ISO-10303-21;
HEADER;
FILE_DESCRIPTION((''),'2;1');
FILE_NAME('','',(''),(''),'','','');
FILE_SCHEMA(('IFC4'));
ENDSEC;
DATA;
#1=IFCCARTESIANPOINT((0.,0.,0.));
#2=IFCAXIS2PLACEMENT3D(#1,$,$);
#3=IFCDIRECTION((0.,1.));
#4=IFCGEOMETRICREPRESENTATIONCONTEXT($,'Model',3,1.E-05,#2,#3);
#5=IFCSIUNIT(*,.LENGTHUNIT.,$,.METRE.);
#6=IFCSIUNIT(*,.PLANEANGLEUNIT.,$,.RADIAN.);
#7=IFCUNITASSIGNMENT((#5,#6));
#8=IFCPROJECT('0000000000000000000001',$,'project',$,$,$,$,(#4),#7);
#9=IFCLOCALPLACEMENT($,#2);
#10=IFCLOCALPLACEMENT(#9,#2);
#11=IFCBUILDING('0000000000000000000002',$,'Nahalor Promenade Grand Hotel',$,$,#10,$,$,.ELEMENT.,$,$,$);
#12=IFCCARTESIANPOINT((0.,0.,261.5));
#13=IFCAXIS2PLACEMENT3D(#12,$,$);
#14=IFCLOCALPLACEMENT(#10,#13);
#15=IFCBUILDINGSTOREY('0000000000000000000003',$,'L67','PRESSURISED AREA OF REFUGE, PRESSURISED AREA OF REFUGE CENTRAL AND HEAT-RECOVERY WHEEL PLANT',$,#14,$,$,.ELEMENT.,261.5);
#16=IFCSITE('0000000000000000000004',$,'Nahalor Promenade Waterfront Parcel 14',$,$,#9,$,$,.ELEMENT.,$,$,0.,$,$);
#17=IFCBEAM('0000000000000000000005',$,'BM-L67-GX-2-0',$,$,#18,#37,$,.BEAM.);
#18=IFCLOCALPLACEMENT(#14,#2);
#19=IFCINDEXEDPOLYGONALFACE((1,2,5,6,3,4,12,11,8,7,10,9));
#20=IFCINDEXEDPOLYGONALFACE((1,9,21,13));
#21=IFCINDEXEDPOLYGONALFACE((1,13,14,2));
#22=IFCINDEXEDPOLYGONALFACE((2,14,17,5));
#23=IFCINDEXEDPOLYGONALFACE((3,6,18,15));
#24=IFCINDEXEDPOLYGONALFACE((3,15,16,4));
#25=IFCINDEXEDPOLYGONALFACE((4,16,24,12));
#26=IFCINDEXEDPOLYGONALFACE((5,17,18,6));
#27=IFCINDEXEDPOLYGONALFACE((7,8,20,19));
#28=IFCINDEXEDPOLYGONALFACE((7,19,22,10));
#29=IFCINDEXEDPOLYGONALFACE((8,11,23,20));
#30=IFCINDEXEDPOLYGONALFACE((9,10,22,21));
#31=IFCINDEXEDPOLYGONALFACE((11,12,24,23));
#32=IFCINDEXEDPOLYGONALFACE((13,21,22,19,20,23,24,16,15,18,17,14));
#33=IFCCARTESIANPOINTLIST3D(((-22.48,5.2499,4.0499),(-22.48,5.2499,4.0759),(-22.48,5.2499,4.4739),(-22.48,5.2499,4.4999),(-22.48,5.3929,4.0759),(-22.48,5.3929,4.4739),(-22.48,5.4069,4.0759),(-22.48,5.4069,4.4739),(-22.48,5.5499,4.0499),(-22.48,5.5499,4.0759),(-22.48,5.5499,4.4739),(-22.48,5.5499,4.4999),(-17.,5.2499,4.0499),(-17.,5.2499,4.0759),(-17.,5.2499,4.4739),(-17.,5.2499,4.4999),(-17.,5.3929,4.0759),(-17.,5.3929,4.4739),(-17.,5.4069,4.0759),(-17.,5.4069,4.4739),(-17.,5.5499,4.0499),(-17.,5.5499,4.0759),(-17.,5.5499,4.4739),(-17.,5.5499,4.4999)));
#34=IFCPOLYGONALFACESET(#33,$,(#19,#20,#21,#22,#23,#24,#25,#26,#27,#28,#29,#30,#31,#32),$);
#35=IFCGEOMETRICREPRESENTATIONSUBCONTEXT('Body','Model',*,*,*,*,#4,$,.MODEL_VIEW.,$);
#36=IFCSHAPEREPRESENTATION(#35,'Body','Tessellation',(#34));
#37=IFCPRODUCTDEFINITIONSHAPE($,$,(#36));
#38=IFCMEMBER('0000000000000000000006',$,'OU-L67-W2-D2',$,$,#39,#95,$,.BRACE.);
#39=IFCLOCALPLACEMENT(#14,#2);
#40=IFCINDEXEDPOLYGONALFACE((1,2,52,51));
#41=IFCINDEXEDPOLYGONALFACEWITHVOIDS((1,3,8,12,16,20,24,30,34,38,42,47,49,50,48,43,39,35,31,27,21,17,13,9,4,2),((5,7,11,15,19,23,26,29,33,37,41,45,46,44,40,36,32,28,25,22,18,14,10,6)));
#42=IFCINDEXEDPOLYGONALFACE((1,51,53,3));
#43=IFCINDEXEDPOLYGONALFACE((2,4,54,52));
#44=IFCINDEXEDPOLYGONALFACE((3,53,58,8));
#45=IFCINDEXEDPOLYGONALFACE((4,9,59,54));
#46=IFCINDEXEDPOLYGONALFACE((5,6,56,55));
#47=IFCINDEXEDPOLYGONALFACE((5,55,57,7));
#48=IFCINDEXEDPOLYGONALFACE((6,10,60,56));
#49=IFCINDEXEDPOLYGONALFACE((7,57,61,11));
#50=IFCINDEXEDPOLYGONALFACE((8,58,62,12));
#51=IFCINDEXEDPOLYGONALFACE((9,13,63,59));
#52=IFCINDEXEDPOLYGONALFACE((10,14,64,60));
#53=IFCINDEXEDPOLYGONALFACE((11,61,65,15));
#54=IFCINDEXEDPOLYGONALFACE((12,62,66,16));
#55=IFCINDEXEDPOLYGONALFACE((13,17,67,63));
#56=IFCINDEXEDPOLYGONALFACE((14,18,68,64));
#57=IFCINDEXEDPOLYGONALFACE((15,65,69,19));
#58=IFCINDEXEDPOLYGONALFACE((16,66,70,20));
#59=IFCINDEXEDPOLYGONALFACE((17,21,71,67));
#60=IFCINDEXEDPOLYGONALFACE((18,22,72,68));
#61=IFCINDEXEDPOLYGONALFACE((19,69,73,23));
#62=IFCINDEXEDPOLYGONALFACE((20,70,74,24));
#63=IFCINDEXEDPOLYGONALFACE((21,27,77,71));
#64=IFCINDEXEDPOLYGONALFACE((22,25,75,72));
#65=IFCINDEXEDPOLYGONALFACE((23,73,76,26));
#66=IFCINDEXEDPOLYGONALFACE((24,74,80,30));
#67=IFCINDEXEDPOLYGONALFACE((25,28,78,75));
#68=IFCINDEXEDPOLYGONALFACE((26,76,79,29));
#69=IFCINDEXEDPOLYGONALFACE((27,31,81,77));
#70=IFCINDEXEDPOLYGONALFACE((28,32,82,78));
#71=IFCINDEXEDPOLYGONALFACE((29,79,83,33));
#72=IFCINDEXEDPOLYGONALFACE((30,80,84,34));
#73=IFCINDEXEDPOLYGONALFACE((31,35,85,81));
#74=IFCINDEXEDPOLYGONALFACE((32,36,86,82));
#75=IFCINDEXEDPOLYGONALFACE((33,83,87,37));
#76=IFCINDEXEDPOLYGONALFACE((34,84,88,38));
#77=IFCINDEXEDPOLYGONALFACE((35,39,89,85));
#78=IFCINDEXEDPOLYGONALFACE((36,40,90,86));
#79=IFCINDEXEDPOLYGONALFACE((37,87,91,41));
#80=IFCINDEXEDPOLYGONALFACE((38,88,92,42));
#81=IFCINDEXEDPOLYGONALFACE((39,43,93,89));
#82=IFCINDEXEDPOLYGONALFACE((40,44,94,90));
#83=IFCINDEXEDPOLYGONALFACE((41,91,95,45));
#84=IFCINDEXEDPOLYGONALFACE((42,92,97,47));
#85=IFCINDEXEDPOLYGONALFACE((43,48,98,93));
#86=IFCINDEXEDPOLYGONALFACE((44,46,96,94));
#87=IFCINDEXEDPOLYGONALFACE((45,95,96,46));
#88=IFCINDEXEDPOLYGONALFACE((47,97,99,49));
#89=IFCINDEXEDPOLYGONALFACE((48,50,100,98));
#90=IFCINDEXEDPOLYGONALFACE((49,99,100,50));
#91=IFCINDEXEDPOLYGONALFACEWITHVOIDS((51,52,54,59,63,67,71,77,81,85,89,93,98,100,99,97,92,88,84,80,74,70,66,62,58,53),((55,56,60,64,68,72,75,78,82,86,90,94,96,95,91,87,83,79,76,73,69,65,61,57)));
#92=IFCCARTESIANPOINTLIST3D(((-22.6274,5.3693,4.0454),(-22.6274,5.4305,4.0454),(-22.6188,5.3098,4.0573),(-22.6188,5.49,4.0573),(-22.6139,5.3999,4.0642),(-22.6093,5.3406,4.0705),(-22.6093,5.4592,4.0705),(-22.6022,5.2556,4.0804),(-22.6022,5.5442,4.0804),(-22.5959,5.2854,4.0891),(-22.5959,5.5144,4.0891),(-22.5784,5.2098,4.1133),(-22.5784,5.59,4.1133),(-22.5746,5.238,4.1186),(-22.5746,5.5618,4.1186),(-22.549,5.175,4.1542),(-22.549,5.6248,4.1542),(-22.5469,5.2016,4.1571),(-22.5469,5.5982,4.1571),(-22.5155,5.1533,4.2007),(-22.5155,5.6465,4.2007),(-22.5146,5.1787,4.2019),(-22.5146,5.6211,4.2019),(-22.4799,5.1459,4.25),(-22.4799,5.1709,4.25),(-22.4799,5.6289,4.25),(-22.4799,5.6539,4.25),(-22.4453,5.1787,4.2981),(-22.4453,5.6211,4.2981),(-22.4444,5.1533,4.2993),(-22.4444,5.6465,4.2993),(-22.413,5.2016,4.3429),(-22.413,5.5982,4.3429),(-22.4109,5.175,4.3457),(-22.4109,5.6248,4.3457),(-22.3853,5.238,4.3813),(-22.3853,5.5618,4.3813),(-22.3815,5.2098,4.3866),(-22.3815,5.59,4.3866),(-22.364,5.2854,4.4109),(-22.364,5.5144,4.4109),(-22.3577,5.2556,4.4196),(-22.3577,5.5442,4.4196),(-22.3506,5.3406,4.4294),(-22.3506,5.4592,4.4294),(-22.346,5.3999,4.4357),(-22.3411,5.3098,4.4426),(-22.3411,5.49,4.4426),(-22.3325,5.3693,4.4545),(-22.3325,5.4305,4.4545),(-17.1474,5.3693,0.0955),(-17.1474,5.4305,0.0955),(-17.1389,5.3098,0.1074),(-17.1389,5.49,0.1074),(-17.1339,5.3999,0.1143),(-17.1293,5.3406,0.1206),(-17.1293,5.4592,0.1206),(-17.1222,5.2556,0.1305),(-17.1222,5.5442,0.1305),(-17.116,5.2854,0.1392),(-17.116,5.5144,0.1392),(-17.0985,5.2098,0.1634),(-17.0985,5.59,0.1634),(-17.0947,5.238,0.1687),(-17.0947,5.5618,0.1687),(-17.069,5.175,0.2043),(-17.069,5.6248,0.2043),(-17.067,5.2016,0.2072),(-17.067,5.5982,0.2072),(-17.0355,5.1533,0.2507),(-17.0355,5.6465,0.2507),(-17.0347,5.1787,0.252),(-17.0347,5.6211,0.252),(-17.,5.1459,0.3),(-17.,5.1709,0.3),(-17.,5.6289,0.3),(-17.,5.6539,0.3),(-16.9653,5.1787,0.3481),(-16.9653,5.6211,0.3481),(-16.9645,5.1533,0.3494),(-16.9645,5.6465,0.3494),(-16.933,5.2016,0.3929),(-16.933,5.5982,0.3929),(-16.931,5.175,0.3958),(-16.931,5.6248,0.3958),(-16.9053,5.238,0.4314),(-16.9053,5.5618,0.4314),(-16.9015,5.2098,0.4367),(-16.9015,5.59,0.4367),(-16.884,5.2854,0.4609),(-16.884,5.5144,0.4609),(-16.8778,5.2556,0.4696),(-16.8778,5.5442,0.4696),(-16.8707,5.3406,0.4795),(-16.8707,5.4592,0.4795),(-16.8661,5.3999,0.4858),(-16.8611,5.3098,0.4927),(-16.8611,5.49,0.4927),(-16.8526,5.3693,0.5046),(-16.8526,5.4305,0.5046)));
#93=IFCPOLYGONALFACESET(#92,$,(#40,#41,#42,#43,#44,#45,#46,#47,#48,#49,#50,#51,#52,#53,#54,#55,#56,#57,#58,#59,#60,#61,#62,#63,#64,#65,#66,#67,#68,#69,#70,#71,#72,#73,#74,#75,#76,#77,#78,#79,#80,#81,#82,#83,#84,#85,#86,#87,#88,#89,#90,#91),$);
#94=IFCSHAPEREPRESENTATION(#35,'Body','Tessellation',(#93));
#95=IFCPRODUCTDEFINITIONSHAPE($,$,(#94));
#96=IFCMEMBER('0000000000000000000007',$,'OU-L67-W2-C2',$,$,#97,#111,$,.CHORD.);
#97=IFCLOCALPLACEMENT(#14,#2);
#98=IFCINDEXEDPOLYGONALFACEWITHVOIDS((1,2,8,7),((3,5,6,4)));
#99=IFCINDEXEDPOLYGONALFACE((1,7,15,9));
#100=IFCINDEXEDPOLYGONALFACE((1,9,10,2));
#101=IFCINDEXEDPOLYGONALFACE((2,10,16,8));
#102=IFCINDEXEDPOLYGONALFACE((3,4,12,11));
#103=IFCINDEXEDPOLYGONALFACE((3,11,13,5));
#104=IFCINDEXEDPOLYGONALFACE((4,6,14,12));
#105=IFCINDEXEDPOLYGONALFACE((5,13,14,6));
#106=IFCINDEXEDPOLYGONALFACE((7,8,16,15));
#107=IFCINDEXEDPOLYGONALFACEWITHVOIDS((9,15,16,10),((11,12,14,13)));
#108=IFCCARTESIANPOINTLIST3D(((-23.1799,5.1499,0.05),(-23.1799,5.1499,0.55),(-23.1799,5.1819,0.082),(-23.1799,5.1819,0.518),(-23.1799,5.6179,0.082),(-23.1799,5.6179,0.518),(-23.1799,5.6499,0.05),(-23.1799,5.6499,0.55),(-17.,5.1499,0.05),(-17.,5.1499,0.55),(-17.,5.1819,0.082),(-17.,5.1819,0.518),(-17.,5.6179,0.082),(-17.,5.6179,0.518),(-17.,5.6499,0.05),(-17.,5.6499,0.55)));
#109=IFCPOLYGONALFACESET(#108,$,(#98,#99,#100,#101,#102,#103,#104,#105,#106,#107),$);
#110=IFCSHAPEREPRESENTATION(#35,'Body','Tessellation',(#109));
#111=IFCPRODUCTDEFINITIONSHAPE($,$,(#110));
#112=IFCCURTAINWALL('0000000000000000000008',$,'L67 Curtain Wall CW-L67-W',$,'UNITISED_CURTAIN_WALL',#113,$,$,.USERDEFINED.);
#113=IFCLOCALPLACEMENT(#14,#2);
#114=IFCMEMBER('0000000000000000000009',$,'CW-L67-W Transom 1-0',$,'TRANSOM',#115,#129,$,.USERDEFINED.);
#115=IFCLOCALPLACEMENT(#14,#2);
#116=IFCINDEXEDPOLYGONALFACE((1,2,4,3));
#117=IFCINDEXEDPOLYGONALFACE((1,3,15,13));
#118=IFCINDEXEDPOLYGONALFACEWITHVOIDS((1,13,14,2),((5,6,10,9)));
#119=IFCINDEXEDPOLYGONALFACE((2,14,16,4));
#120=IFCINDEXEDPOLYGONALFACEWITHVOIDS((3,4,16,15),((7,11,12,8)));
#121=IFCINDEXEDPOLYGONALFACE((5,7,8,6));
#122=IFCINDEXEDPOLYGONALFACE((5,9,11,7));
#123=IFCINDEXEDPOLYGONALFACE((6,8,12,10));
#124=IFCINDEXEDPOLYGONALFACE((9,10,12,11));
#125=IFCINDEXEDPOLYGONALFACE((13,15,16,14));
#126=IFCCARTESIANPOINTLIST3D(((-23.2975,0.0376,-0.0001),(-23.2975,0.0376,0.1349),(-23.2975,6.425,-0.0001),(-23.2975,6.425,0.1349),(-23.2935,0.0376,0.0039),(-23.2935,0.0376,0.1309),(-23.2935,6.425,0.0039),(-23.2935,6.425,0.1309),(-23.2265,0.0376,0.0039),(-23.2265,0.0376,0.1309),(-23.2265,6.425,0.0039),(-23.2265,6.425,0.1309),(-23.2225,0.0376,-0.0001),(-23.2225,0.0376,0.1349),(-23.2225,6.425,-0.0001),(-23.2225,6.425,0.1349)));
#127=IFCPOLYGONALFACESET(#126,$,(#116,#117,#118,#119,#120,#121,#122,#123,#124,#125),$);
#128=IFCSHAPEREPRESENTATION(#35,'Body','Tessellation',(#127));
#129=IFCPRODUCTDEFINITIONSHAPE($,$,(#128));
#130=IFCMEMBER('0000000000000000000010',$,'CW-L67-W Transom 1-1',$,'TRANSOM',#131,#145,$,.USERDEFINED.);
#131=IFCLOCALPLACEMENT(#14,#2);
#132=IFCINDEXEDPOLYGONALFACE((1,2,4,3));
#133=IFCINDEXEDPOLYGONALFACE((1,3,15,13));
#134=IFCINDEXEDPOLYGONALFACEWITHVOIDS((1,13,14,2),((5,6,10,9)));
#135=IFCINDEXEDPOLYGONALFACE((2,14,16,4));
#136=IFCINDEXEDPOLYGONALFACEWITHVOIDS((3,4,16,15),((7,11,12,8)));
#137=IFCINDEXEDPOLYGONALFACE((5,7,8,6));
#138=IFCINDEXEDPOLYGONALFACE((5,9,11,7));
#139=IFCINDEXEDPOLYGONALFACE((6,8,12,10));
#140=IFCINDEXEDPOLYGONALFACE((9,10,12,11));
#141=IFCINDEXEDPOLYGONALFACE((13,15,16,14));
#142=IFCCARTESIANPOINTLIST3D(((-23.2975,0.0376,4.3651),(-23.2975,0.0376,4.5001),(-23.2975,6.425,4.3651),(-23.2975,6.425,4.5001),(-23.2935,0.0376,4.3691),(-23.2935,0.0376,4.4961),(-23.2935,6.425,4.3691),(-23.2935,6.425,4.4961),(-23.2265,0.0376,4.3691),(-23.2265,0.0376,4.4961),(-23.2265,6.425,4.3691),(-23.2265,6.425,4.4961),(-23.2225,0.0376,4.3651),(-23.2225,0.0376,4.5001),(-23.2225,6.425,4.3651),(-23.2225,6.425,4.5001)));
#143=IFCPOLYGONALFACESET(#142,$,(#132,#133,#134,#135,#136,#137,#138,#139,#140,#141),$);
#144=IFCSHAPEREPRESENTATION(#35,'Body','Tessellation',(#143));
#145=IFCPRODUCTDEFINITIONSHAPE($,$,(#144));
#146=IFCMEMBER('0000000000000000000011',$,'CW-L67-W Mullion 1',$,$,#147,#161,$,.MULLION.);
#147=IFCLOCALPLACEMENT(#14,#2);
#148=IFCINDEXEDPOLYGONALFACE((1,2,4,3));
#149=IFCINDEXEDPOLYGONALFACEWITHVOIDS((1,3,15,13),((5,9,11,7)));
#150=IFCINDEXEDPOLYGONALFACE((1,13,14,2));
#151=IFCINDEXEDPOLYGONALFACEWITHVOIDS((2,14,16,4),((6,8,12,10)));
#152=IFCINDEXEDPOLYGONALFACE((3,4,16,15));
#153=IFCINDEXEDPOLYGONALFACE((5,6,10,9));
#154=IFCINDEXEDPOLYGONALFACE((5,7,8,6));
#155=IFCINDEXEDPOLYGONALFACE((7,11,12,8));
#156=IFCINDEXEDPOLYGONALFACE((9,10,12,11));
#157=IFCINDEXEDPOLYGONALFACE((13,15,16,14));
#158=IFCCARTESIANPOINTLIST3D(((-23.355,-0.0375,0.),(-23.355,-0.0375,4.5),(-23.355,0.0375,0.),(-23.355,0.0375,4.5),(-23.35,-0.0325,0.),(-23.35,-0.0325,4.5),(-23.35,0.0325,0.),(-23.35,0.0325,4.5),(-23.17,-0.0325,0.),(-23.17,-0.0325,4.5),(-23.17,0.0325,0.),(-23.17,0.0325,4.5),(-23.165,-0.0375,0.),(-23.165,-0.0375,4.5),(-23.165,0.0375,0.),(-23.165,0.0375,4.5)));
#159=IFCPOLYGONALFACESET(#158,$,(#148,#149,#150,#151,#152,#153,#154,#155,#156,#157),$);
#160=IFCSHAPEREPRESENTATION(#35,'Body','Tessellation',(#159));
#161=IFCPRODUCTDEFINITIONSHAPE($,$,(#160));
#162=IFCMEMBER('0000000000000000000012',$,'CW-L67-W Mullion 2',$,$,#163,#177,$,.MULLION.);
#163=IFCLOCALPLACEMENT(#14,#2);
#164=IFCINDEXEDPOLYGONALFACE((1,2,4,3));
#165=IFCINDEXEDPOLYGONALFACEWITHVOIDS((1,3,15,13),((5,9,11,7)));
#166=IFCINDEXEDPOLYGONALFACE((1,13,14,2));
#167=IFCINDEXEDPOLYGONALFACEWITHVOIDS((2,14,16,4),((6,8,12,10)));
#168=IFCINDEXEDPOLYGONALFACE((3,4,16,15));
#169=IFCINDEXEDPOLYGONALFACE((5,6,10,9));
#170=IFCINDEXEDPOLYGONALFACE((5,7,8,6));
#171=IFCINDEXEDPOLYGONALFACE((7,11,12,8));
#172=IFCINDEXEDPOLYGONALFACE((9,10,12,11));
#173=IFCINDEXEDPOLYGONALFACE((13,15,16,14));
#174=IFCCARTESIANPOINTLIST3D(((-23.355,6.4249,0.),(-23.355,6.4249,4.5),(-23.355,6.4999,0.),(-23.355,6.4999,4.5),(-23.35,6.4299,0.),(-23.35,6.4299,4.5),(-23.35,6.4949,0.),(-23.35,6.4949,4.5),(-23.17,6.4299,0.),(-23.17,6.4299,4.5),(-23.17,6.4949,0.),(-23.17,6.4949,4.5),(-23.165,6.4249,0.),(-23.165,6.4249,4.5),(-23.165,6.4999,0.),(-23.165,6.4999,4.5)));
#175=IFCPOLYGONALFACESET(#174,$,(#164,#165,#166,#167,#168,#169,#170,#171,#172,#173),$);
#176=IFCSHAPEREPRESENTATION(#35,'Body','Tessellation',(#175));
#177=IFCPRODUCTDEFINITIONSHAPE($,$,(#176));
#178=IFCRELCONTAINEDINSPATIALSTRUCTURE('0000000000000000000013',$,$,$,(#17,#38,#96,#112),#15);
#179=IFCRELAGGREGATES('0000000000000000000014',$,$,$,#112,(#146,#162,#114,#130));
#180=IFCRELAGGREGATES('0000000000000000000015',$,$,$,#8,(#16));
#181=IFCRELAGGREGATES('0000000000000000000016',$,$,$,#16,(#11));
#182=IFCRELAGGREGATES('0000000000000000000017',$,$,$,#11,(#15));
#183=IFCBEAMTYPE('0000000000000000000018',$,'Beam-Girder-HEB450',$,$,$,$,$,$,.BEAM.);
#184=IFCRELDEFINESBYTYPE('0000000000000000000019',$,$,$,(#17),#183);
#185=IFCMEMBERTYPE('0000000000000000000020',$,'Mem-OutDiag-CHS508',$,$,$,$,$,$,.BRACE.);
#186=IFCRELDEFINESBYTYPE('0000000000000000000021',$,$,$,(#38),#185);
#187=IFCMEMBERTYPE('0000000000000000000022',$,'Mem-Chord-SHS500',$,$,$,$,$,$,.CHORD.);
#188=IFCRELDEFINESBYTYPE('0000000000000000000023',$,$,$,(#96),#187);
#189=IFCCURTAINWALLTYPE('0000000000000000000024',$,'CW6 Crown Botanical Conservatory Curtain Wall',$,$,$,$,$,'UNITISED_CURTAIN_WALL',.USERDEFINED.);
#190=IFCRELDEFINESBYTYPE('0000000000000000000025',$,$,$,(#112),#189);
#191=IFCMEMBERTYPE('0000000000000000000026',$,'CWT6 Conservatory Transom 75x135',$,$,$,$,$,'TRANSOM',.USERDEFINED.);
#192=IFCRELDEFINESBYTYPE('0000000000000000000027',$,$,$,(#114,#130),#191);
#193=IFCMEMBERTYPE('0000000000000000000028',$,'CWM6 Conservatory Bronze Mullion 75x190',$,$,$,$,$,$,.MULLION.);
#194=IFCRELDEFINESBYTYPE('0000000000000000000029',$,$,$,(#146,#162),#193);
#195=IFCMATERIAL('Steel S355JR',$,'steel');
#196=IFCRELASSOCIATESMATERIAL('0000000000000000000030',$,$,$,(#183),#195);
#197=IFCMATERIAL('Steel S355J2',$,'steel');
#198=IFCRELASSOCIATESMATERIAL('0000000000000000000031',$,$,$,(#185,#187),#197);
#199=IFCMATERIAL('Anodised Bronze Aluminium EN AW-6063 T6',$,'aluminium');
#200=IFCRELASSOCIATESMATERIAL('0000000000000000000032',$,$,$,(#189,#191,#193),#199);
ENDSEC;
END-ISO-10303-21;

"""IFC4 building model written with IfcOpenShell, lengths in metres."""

from ifc_helpers import new_model, si_unit, direction, frame, origin, origin_2d, place, context, subcontext, project, spatial, hollow_rectangle, hollow_circle, i_section, extrude, source, transform, mapped, material, material_profile, profile_set, type_object, element, aggregate, save


model = new_model("IFC4")

# Units and contexts
model_context = context("Model", 3, precision=1e-05, world=origin(), true_north=direction((0.0, 1.0)))
body_context = subcontext(model_context, "Body", "Model", "MODEL_VIEW")
ifc_project = project(units=[si_unit("LENGTHUNIT", "METRE"), si_unit("PLANEANGLEUNIT", "RADIAN")], contexts=[model_context])

# Site, building, storey
site_placement = place(None, origin())
site = spatial("IfcSite", under=ifc_project, at=site_placement, Name="Nahalor Promenade Waterfront Parcel 14", CompositionType="ELEMENT", RefElevation=0.0)
building_placement = place(site_placement, origin())
building = spatial("IfcBuilding", under=site, at=building_placement, Name="Nahalor Promenade Grand Hotel", CompositionType="ELEMENT")
storey_placement = place(building_placement, frame((0.0, 0.0, 261.5)))
storey = spatial("IfcBuildingStorey", under=building, at=storey_placement, Name="L67", Description="PRESSURISED AREA OF REFUGE, PRESSURISED AREA OF REFUGE CENTRAL AND HEAT-RECOVERY WHEEL PLANT", CompositionType="ELEMENT", Elevation=261.5)

# Shared definitions
ifc_material_1 = material(Name="Steel S355JR", Category="steel")

# Beam
ifc_material_profile_1 = material_profile(ifc_material_1, i_section(OverallWidth=0.3, OverallDepth=0.45, WebThickness=0.014, FlangeThickness=0.026, at=origin_2d()), Name="HEB 450")
ifc_profile_set_1 = profile_set([ifc_material_profile_1], Name="Steel S355JR")
beam_type_1 = type_object("IfcBeamType", Name="Beam-Girder-HEB450", PredefinedType="BEAM", material=ifc_profile_set_1)
shared_shape_1 = source(origin(), body_context, "Body", "SweptSolid", [
    extrude(i_section(OverallWidth=0.3, OverallDepth=0.45, WebThickness=0.014, FlangeThickness=0.026, at=origin_2d()), origin(), (0.0, 0.0, 1.0), 5.48),
])
beam_1_placement = place(storey_placement, frame((-22.48, 5.3999, 4.2749), z_axis=(1.0, 0.0, 0.0), x_axis=(0.0, 1.0, 0.0)))
element("IfcBeam", 1, at=beam_1_placement, inside=storey, type_object=beam_type_1, Name="BM-L67-GX-2-0", PredefinedType="BEAM", context=body_context, shape_type="MappedRepresentation", body=[
    mapped(shared_shape_1, transform((0.0, 0.0, 0.0), scale=1.0)),
])

# Members
ifc_material_2 = material(Name="Steel S355J2", Category="steel")
ifc_material_profile_2 = material_profile(ifc_material_2, hollow_circle(Radius=0.254, WallThickness=0.025, at=origin_2d()), Name="CHS 508x25")
ifc_profile_set_2 = profile_set([ifc_material_profile_2], Name="Steel S355J2")
member_type_1 = type_object("IfcMemberType", Name="Mem-OutDiag-CHS508", PredefinedType="BRACE", material=ifc_profile_set_2)
shared_shape_2 = source(origin(), body_context, "Body", "SweptSolid", [
    extrude(hollow_circle(Radius=0.254, WallThickness=0.025, at=origin_2d()), origin(), (0.0, 0.0, 1.0), 6.7551),
])
member_1_placement = place(storey_placement, frame((-17.0, 5.3999, 0.3), z_axis=(-0.811228, 0.0, 0.58473), x_axis=(0.0, -1.0, 0.0)))
element("IfcMember", 2, at=member_1_placement, inside=storey, type_object=member_type_1, Name="OU-L67-W2-D2", PredefinedType="BRACE", context=body_context, shape_type="MappedRepresentation", body=[
    mapped(shared_shape_2, transform((0.0, 0.0, 0.0), scale=1.0)),
])
ifc_material_profile_3 = material_profile(ifc_material_2, hollow_rectangle(XDim=0.5, YDim=0.5, WallThickness=0.032, at=origin_2d()), Name="SHS 500x500x32")
ifc_profile_set_3 = profile_set([ifc_material_profile_3], Name="Steel S355J2")
member_type_2 = type_object("IfcMemberType", Name="Mem-Chord-SHS500", PredefinedType="CHORD", material=ifc_profile_set_3)
shared_shape_3 = source(origin(), body_context, "Body", "SweptSolid", [
    extrude(hollow_rectangle(XDim=0.5, YDim=0.5, WallThickness=0.032, at=origin_2d()), origin(), (0.0, 0.0, 1.0), 6.1799),
])
member_2_placement = place(storey_placement, frame((-17.0, 5.3999, 0.3), z_axis=(-1.0, 0.0, 0.0), x_axis=(0.0, -1.0, 0.0)))
element("IfcMember", 3, at=member_2_placement, inside=storey, type_object=member_type_2, Name="OU-L67-W2-C2", PredefinedType="CHORD", context=body_context, shape_type="MappedRepresentation", body=[
    mapped(shared_shape_3, transform((0.0, 0.0, 0.0), scale=1.0)),
])

# Curtain wall, members
ifc_material_3 = material(Name="Anodised Bronze Aluminium EN AW-6063 T6", Category="aluminium")
curtain_wall_type = type_object("IfcCurtainWallType", Name="CW6 Crown Botanical Conservatory Curtain Wall", ElementType="UNITISED_CURTAIN_WALL", PredefinedType="USERDEFINED", material=ifc_material_3)
curtain_wall_placement = place(storey_placement, origin())
curtain_wall = element("IfcCurtainWall", 4, at=curtain_wall_placement, inside=storey, type_object=curtain_wall_type, Name="L67 Curtain Wall CW-L67-W", ObjectType="UNITISED_CURTAIN_WALL", PredefinedType="USERDEFINED")
ifc_material_profile_4 = material_profile(ifc_material_3, hollow_rectangle(XDim=0.075, YDim=0.135, WallThickness=0.004, at=origin_2d()), Name="CWT 75x135x4")
ifc_profile_set_4 = profile_set([ifc_material_profile_4], Name="Anodised Bronze Aluminium EN AW-6063 T6")
member_type_3 = type_object("IfcMemberType", Name="CWT6 Conservatory Transom 75x135", ElementType="TRANSOM", PredefinedType="USERDEFINED", material=ifc_profile_set_4)
shared_shape_4 = source(origin(), body_context, "Body", "SweptSolid", [
    extrude(hollow_rectangle(XDim=0.075, YDim=0.135, WallThickness=0.004, at=origin_2d()), origin(), (0.0, 0.0, 1.0), 6.3875),
])
member_3_placement = place(storey_placement, frame((-23.26, 0.0376, 0.0674), z_axis=(0.0, 1.0, 0.0), x_axis=(-1.0, 0.0, 0.0)))
member_3 = element("IfcMember", 5, at=member_3_placement, type_object=member_type_3, Name="CW-L67-W Transom 1-0", ObjectType="TRANSOM", PredefinedType="USERDEFINED", context=body_context, shape_type="MappedRepresentation", body=[
    mapped(shared_shape_4, transform((0.0, 0.0, 0.0), scale=1.0)),
])
member_4_placement = place(storey_placement, frame((-23.26, 0.0376, 4.4326), z_axis=(0.0, 1.0, 0.0), x_axis=(-1.0, 0.0, 0.0)))
member_4 = element("IfcMember", 6, at=member_4_placement, type_object=member_type_3, Name="CW-L67-W Transom 1-1", ObjectType="TRANSOM", PredefinedType="USERDEFINED", context=body_context, shape_type="MappedRepresentation", body=[
    mapped(shared_shape_4, transform((0.0, 0.0, 0.0), scale=1.0)),
])
ifc_material_profile_5 = material_profile(ifc_material_3, hollow_rectangle(XDim=0.075, YDim=0.19, WallThickness=0.005, at=origin_2d()), Name="CWM 75x190x5")
ifc_profile_set_5 = profile_set([ifc_material_profile_5], Name="Anodised Bronze Aluminium EN AW-6063 T6")
member_type_4 = type_object("IfcMemberType", Name="CWM6 Conservatory Bronze Mullion 75x190", PredefinedType="MULLION", material=ifc_profile_set_5)
shared_shape_5 = source(origin(), body_context, "Body", "SweptSolid", [
    extrude(hollow_rectangle(XDim=0.075, YDim=0.19, WallThickness=0.005, at=origin_2d()), origin(), (0.0, 0.0, 1.0), 4.5),
])
member_5_placement = place(storey_placement, frame((-23.26, 0.0, 0.0), z_axis=(0.0, 0.0, 1.0), x_axis=(0.0, 1.0, 0.0)))
member_5 = element("IfcMember", 7, at=member_5_placement, type_object=member_type_4, Name="CW-L67-W Mullion 1", PredefinedType="MULLION", context=body_context, shape_type="MappedRepresentation", body=[
    mapped(shared_shape_5, transform((0.0, 0.0, 0.0), scale=1.0)),
])
member_6_placement = place(storey_placement, frame((-23.26, 6.4624, 0.0), z_axis=(0.0, 0.0, 1.0), x_axis=(0.0, 1.0, 0.0)))
member_6 = element("IfcMember", 8, at=member_6_placement, type_object=member_type_4, Name="CW-L67-W Mullion 2", PredefinedType="MULLION", context=body_context, shape_type="MappedRepresentation", body=[
    mapped(shared_shape_5, transform((0.0, 0.0, 0.0), scale=1.0)),
])

aggregate(curtain_wall, [member_5, member_6, member_3, member_4])

save(model, "model.ifc")
